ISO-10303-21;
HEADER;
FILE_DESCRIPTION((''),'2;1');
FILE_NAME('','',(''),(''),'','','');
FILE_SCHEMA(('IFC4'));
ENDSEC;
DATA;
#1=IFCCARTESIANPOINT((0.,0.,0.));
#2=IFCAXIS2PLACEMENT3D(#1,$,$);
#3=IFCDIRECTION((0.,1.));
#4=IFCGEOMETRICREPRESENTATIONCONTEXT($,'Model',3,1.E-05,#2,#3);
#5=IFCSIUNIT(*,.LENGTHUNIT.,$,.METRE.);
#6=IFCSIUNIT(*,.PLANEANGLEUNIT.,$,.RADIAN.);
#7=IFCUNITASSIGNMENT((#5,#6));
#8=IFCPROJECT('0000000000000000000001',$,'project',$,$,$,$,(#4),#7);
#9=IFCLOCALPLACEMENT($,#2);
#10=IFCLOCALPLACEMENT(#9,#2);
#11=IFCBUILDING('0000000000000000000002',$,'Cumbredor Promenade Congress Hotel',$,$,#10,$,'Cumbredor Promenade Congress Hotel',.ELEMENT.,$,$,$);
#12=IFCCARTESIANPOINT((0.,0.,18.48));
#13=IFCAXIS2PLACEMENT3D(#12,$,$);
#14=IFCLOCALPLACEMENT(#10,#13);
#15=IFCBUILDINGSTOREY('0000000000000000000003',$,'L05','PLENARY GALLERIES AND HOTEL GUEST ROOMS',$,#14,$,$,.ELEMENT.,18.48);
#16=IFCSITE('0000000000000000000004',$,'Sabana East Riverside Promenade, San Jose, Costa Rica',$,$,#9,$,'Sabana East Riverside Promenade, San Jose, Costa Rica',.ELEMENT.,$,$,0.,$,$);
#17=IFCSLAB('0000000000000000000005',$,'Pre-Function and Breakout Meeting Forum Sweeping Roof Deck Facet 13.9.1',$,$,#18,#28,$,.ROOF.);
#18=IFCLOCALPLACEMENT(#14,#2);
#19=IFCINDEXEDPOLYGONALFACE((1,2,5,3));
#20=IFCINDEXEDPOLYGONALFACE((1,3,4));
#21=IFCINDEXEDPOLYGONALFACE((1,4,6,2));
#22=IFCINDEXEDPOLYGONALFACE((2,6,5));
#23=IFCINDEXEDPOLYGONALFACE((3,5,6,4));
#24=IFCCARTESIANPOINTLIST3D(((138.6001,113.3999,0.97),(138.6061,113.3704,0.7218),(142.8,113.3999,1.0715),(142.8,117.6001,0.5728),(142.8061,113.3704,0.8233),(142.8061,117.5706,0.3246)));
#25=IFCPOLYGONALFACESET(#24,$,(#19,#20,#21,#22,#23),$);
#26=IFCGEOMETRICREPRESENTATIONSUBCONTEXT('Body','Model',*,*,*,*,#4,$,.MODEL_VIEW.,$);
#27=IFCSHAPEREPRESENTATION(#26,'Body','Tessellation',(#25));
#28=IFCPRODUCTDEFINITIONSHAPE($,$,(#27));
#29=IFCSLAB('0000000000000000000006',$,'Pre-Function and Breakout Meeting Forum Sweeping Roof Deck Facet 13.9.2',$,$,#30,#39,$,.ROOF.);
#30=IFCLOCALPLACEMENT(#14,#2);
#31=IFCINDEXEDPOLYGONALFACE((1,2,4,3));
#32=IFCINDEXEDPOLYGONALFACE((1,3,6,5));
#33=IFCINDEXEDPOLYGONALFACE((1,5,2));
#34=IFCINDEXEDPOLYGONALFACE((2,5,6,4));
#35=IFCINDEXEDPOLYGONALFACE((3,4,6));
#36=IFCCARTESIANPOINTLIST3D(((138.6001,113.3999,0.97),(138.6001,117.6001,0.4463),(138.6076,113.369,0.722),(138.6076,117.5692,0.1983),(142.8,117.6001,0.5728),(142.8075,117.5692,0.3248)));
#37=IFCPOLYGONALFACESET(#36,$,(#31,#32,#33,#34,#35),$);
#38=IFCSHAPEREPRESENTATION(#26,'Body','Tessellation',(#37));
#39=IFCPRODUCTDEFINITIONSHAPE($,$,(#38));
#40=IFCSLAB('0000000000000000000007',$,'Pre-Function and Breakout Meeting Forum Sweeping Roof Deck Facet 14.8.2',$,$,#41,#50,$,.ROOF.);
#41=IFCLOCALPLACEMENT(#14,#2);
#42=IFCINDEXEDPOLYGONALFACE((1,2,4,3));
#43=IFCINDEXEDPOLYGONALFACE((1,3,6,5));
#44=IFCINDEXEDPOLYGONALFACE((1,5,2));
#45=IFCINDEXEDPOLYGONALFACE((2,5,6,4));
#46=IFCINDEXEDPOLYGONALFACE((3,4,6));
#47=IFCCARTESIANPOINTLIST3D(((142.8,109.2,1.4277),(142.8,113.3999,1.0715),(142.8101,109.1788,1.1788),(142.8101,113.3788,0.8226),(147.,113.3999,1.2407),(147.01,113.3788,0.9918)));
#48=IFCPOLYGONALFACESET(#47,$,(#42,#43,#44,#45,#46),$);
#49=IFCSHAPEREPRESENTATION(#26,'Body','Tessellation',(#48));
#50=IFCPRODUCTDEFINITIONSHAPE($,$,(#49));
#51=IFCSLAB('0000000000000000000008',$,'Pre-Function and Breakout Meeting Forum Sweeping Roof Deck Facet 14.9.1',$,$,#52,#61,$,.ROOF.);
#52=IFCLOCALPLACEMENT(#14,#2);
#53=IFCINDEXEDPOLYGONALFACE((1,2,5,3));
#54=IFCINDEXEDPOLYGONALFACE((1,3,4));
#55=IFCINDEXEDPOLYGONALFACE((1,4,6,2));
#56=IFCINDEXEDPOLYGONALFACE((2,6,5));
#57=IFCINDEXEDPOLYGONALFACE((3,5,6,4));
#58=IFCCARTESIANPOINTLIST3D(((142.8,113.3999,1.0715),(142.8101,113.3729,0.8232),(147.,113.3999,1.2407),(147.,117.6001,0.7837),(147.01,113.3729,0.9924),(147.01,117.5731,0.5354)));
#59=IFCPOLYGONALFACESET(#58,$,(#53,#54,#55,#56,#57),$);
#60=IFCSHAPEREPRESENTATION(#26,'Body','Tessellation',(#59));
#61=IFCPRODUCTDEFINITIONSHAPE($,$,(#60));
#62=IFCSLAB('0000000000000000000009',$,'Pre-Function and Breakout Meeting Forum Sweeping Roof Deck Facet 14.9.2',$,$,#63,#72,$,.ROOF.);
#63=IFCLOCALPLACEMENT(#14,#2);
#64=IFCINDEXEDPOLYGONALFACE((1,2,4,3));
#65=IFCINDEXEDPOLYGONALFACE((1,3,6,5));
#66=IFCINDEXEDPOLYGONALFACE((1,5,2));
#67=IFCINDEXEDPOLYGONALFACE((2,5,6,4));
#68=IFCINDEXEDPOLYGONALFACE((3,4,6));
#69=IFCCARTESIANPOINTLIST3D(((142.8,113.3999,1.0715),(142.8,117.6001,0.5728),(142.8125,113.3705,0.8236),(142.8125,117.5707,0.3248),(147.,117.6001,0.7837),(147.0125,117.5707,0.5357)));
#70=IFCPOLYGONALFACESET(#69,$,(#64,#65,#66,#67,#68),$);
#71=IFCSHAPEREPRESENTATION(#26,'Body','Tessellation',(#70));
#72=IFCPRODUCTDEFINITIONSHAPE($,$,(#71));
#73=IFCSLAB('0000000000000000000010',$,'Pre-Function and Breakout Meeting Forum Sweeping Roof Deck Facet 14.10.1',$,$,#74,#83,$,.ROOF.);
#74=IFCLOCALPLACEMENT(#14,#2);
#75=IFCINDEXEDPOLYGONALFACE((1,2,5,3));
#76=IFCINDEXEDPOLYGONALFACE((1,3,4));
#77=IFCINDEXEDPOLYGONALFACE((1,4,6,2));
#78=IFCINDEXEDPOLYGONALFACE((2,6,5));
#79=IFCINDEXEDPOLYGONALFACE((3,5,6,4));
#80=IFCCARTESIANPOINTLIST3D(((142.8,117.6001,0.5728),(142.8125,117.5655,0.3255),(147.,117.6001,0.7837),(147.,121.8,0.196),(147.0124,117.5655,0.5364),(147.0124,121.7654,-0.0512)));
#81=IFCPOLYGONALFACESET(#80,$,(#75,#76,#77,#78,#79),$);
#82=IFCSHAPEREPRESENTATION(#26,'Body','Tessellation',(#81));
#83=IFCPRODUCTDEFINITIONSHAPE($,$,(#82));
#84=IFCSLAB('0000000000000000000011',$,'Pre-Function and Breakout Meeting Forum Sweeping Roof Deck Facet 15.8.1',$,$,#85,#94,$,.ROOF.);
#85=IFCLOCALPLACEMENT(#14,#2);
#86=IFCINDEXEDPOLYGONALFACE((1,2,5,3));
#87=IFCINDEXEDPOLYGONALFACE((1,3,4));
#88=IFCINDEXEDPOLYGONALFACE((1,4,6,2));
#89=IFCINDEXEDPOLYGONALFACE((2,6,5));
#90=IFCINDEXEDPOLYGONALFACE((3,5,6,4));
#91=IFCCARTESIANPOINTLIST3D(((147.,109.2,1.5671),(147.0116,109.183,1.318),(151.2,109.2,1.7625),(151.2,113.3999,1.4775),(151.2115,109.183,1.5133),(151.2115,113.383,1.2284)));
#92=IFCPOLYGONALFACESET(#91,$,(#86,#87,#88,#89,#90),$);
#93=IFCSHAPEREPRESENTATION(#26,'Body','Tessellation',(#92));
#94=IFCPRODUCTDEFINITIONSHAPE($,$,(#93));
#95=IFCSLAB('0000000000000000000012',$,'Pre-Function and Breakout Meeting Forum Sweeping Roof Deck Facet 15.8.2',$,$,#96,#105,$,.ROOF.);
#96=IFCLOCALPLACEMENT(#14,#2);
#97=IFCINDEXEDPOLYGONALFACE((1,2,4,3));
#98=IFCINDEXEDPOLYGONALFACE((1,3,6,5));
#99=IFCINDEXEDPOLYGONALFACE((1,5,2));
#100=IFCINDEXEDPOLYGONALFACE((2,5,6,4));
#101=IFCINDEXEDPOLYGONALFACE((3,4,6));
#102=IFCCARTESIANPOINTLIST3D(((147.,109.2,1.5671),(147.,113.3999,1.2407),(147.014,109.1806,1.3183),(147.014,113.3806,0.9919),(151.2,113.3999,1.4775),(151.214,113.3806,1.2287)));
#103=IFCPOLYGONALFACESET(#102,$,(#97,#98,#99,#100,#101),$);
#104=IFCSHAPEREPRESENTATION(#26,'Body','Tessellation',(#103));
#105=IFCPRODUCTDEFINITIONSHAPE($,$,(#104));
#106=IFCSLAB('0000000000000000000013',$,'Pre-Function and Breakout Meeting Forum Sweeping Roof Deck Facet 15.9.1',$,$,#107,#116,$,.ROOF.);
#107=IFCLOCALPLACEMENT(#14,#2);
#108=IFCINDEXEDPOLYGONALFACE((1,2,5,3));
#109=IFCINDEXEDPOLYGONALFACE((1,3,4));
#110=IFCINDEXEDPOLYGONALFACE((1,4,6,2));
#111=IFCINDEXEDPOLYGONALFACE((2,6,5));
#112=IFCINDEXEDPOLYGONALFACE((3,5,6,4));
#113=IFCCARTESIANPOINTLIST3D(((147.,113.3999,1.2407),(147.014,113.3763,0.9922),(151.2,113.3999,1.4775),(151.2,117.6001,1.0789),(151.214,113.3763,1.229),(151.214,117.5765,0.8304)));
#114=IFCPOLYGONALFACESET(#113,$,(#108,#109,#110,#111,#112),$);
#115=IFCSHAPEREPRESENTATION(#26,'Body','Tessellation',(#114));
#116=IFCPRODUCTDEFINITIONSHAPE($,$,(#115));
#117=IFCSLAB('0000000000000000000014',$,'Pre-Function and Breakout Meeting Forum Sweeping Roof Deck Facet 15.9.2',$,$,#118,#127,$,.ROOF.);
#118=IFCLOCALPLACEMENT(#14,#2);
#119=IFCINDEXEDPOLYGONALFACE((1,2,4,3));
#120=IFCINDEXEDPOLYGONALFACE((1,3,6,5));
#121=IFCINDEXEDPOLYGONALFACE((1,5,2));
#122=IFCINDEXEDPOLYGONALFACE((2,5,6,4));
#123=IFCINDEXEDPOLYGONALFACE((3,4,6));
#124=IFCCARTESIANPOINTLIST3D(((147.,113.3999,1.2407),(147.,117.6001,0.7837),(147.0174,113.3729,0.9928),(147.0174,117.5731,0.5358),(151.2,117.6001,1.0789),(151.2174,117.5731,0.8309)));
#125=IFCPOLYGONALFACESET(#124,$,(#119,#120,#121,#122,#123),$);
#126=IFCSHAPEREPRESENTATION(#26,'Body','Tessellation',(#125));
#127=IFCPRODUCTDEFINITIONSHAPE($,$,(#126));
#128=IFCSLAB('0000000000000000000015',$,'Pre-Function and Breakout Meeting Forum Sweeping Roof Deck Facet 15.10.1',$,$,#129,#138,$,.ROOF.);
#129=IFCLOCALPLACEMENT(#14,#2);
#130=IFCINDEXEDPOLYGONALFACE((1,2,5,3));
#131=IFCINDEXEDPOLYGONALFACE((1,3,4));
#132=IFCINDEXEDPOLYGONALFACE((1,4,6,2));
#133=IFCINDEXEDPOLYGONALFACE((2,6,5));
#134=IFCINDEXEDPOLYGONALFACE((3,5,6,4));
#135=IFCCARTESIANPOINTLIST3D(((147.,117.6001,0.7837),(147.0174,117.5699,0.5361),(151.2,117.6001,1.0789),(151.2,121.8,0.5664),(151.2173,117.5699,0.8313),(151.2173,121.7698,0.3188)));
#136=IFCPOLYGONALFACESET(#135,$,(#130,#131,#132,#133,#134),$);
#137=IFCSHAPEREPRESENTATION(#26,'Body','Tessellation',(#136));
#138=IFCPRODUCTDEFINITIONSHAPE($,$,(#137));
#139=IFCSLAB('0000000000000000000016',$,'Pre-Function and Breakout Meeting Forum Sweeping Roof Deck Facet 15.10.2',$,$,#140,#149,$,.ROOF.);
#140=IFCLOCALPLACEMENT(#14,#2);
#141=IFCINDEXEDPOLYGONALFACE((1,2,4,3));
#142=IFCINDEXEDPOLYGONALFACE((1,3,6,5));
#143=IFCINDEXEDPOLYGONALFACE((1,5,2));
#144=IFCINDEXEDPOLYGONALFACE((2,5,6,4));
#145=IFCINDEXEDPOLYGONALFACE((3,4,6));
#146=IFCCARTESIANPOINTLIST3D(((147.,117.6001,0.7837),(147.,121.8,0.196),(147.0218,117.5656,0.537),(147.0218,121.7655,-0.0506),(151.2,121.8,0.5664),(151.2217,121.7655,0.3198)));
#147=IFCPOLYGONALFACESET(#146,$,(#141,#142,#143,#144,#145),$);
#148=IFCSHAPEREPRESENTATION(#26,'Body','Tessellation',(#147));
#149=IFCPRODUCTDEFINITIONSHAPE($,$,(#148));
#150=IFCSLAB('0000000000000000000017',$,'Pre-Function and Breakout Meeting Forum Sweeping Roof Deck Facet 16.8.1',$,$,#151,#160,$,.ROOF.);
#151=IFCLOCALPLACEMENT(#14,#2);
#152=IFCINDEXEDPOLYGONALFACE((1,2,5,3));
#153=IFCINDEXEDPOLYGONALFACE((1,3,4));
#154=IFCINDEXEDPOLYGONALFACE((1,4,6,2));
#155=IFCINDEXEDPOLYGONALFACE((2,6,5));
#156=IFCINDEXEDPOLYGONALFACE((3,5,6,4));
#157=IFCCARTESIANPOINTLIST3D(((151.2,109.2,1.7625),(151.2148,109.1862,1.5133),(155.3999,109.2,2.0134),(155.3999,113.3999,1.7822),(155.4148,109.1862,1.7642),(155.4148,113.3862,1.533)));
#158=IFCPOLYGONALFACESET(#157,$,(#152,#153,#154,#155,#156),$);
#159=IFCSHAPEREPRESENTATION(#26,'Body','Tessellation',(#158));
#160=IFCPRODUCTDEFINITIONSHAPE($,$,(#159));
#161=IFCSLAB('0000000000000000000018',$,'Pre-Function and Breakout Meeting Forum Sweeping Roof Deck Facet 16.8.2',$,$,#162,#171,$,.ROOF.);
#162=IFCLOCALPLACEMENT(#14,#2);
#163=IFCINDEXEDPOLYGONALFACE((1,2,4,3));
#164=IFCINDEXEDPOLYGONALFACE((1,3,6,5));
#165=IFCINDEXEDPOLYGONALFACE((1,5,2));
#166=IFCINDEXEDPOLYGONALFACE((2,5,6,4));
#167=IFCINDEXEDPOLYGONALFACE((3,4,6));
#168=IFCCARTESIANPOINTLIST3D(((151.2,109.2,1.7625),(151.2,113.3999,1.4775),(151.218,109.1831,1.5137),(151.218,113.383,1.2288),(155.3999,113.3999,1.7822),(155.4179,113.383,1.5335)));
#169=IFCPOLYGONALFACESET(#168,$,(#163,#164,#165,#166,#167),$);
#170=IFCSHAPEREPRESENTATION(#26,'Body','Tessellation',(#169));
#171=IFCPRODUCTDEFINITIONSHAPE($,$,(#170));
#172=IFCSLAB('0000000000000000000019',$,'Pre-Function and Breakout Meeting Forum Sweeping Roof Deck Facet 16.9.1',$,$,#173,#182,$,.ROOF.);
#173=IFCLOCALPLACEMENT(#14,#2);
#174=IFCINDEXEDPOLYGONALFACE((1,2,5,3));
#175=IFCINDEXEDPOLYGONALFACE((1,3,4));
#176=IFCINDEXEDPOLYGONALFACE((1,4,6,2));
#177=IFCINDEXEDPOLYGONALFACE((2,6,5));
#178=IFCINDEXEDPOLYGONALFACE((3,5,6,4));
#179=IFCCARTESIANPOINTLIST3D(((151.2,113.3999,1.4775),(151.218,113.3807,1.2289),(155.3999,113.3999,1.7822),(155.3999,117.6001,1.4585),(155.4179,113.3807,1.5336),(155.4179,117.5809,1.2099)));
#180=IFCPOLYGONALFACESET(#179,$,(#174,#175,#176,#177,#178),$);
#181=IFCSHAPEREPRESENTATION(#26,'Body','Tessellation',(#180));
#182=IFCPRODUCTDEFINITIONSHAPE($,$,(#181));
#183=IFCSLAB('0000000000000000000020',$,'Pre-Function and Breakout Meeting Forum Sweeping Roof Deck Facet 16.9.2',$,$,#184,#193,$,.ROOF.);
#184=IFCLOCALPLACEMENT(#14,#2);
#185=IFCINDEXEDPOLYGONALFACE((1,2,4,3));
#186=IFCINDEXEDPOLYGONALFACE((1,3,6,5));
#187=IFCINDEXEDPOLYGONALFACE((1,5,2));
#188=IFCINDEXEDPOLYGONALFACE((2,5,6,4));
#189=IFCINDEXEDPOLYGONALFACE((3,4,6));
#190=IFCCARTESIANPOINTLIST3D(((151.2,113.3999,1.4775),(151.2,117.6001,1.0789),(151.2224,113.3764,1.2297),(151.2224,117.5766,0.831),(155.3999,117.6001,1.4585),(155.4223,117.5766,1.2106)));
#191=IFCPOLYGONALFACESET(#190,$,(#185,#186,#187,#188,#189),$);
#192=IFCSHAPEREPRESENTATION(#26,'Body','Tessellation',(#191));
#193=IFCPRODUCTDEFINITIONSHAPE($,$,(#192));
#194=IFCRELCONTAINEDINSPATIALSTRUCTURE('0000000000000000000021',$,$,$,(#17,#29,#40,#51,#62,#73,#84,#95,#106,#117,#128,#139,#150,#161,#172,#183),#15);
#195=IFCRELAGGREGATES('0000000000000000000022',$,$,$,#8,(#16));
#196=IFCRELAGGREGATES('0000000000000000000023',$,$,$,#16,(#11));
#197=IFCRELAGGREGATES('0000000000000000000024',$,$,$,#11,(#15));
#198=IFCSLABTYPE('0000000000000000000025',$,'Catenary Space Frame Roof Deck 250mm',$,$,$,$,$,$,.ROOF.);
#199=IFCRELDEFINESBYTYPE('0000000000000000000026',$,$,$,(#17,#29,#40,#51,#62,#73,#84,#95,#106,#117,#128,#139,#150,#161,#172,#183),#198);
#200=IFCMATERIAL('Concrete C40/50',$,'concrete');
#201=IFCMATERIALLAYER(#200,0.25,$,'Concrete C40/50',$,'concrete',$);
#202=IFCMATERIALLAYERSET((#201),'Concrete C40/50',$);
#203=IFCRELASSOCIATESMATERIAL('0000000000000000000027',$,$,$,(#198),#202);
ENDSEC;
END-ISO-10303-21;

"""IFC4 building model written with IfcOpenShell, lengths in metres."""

from ifc_helpers import new_model, si_unit, direction, frame, origin, place, context, subcontext, project, spatial, polyline, outline, extrude, material, layer, layer_set, type_object, element, save


model = new_model("IFC4")

# Units and contexts
model_context = context("Model", 3, precision=1e-05, world=origin(), true_north=direction((0.0, 1.0)))
body_context = subcontext(model_context, "Body", "Model", "MODEL_VIEW")
ifc_project = project(units=[si_unit("LENGTHUNIT", "METRE"), si_unit("PLANEANGLEUNIT", "RADIAN")], contexts=[model_context])

# Site, building, storey
site_placement = place(None, origin())
site = spatial("IfcSite", under=ifc_project, at=site_placement, Name="Sabana East Riverside Promenade, San Jose, Costa Rica", LongName="Sabana East Riverside Promenade, San Jose, Costa Rica", CompositionType="ELEMENT", RefElevation=0.0)
building_placement = place(site_placement, origin())
building = spatial("IfcBuilding", under=site, at=building_placement, Name="Cumbredor Promenade Congress Hotel", LongName="Cumbredor Promenade Congress Hotel", CompositionType="ELEMENT")
storey_placement = place(building_placement, frame((0.0, 0.0, 18.48)))
storey = spatial("IfcBuildingStorey", under=building, at=storey_placement, Name="L05", Description="PLENARY GALLERIES AND HOTEL GUEST ROOMS", CompositionType="ELEMENT", Elevation=18.48)

# Slabs
ifc_material_1 = material(Name="Concrete C40/50", Category="concrete")
ifc_layer_1 = layer(ifc_material_1, 0.25, Name="Concrete C40/50", Category="concrete")
ifc_layer_set_1 = layer_set([ifc_layer_1], Name="Concrete C40/50")
slab_type = type_object("IfcSlabType", Name="Catenary Space Frame Roof Deck 250mm", PredefinedType="ROOF", material=ifc_layer_set_1)
slab_1_placement = place(storey_placement, frame((138.6001, 113.3999, 0.97), z_axis=(-0.024006, 0.117889, 0.992737), x_axis=(0.999708, 0.0, 0.024175)))
element("IfcSlab", 1, at=slab_1_placement, inside=storey, type_object=slab_type, Name="Pre-Function and Breakout Meeting Forum Sweeping Roof Deck Facet 13.9.1", PredefinedType="ROOF", context=body_context, shape_type="SweptSolid", body=[
    extrude(outline(polyline([(0.0, 0.0), (4.2012, 0.0), (4.1891, 4.2297), (0.0, 0.0)])), origin(), (0.0, 0.0, -1.0), 0.25),
])
slab_2_placement = place(storey_placement, frame((138.6001, 113.3999, 0.97), z_axis=(-0.029866, 0.123667, 0.991874), x_axis=(0.70551, 0.705551, -0.066725)))
element("IfcSlab", 2, at=slab_2_placement, inside=storey, type_object=slab_type, Name="Pre-Function and Breakout Meeting Forum Sweeping Roof Deck Facet 13.9.2", PredefinedType="ROOF", context=body_context, shape_type="SweptSolid", body=[
    extrude(outline(polyline([(0.0, 0.0), (5.9531, 0.0), (2.9984, 2.9876), (0.0, 0.0)])), origin(), (0.0, 0.0, -1.0), 0.25),
])
slab_3_placement = place(storey_placement, frame((142.8, 109.2, 1.4277), z_axis=(-0.040107, 0.084439, 0.995621), x_axis=(0.706757, 0.706757, -0.03147)))
element("IfcSlab", 3, at=slab_3_placement, inside=storey, type_object=slab_type, Name="Pre-Function and Breakout Meeting Forum Sweeping Roof Deck Facet 14.8.2", PredefinedType="ROOF", context=body_context, shape_type="SweptSolid", body=[
    extrude(outline(polyline([(0.0, 0.0), (5.9426, 0.0), (2.9796, 2.9814), (0.0, 0.0)])), origin(), (0.0, 0.0, -1.0), 0.25),
])
slab_4_placement = place(storey_placement, frame((142.8, 113.3999, 1.0715), z_axis=(-0.040015, 0.108087, 0.993336), x_axis=(0.99919, 0.0, 0.040251)))
element("IfcSlab", 4, at=slab_4_placement, inside=storey, type_object=slab_type, Name="Pre-Function and Breakout Meeting Forum Sweeping Roof Deck Facet 14.9.1", PredefinedType="ROOF", context=body_context, shape_type="SweptSolid", body=[
    extrude(outline(polyline([(0.0, 0.0), (4.2034, 0.0), (4.185, 4.2249), (0.0, 0.0)])), origin(), (0.0, 0.0, -1.0), 0.25),
])
slab_5_placement = place(storey_placement, frame((142.8, 113.3999, 1.0715), z_axis=(-0.049811, 0.117777, 0.99179), x_axis=(0.706257, 0.706298, -0.048403)))
element("IfcSlab", 5, at=slab_5_placement, inside=storey, type_object=slab_type, Name="Pre-Function and Breakout Meeting Forum Sweeping Roof Deck Facet 14.9.2", PredefinedType="ROOF", context=body_context, shape_type="SweptSolid", body=[
    extrude(outline(polyline([(0.0, 0.0), (5.9468, 0.0), (2.9907, 2.991), (0.0, 0.0)])), origin(), (0.0, 0.0, -1.0), 0.25),
])
slab_6_placement = place(storey_placement, frame((142.8, 117.6001, 0.5728), z_axis=(-0.049678, 0.138397, 0.98913), x_axis=(0.998741, 0.0, 0.050161)))
element("IfcSlab", 6, at=slab_6_placement, inside=storey, type_object=slab_type, Name="Pre-Function and Breakout Meeting Forum Sweeping Roof Deck Facet 14.10.1", PredefinedType="ROOF", context=body_context, shape_type="SweptSolid", body=[
    extrude(outline(polyline([(0.0, 0.0), (4.2052, 0.0), (4.1758, 4.2408), (0.0, 0.0)])), origin(), (0.0, 0.0, -1.0), 0.25),
])
slab_7_placement = place(storey_placement, frame((147.0, 109.2, 1.5671), z_axis=(-0.046347, 0.067609, 0.996635), x_axis=(0.99892, 0.0, 0.046453)))
element("IfcSlab", 7, at=slab_7_placement, inside=storey, type_object=slab_type, Name="Pre-Function and Breakout Meeting Forum Sweeping Roof Deck Facet 15.8.1", PredefinedType="ROOF", context=body_context, shape_type="SweptSolid", body=[
    extrude(outline(polyline([(0.0, 0.0), (4.2045, 0.0), (4.1913, 4.2096), (0.0, 0.0)])), origin(), (0.0, 0.0, -1.0), 0.25),
])
slab_8_placement = place(storey_placement, frame((147.0, 109.2, 1.5671), z_axis=(-0.056127, 0.077363, 0.995422), x_axis=(0.707026, 0.707026, -0.015083)))
element("IfcSlab", 8, at=slab_8_placement, inside=storey, type_object=slab_type, Name="Pre-Function and Breakout Meeting Forum Sweeping Roof Deck Facet 15.8.2", PredefinedType="ROOF", context=body_context, shape_type="SweptSolid", body=[
    extrude(outline(polyline([(0.0, 0.0), (5.9403, 0.0), (2.9744, 2.9831), (0.0, 0.0)])), origin(), (0.0, 0.0, -1.0), 0.25),
])
slab_9_placement = place(storey_placement, frame((147.0, 113.3999, 1.2407), z_axis=(-0.056045, 0.094347, 0.993961), x_axis=(0.998414, 0.0, 0.056296)))
element("IfcSlab", 9, at=slab_9_placement, inside=storey, type_object=slab_type, Name="Pre-Function and Breakout Meeting Forum Sweeping Roof Deck Facet 15.9.1", PredefinedType="ROOF", context=body_context, shape_type="SweptSolid", body=[
    extrude(outline(polyline([(0.0, 0.0), (4.2066, 0.0), (4.1842, 4.219), (0.0, 0.0)])), origin(), (0.0, 0.0, -1.0), 0.25),
])
slab_10_placement = place(storey_placement, frame((147.0, 113.3999, 1.2407), z_axis=(-0.069696, 0.10791, 0.991715), x_axis=(0.706824, 0.706865, -0.027241)))
element("IfcSlab", 10, at=slab_10_placement, inside=storey, type_object=slab_type, Name="Pre-Function and Breakout Meeting Forum Sweeping Roof Deck Facet 15.9.2", PredefinedType="ROOF", context=body_context, shape_type="SweptSolid", body=[
    extrude(outline(polyline([(0.0, 0.0), (5.942, 0.0), (2.9814, 2.9936), (0.0, 0.0)])), origin(), (0.0, 0.0, -1.0), 0.25),
])
slab_11_placement = place(storey_placement, frame((147.0, 117.6001, 0.7837), z_axis=(-0.069592, 0.120822, 0.990232), x_axis=(0.99754, 0.0, 0.070106)))
element("IfcSlab", 11, at=slab_11_placement, inside=storey, type_object=slab_type, Name="Pre-Function and Breakout Meeting Forum Sweeping Roof Deck Facet 15.10.1", PredefinedType="ROOF", context=body_context, shape_type="SweptSolid", body=[
    extrude(outline(polyline([(0.0, 0.0), (4.2103, 0.0), (4.1744, 4.2309), (0.0, 0.0)])), origin(), (0.0, 0.0, -1.0), 0.25),
])
slab_12_placement = place(storey_placement, frame((147.0, 117.6001, 0.7837), z_axis=(-0.087, 0.138042, 0.986598), x_axis=(0.706634, 0.706634, -0.036558)))
element("IfcSlab", 12, at=slab_12_placement, inside=storey, type_object=slab_type, Name="Pre-Function and Breakout Meeting Forum Sweeping Roof Deck Facet 15.10.2", PredefinedType="ROOF", context=body_context, shape_type="SweptSolid", body=[
    extrude(outline(polyline([(0.0, 0.0), (5.9436, 0.0), (2.9893, 3.0081), (0.0, 0.0)])), origin(), (0.0, 0.0, -1.0), 0.25),
])
slab_13_placement = place(storey_placement, frame((151.2, 109.2, 1.7625), z_axis=(-0.059561, 0.054868, 0.996716), x_axis=(0.998219, 0.0, 0.059651)))
element("IfcSlab", 13, at=slab_13_placement, inside=storey, type_object=slab_type, Name="Pre-Function and Breakout Meeting Forum Sweeping Roof Deck Facet 16.8.1", PredefinedType="ROOF", context=body_context, shape_type="SweptSolid", body=[
    extrude(outline(polyline([(0.0, 0.0), (4.2074, 0.0), (4.1937, 4.2063), (0.0, 0.0)])), origin(), (0.0, 0.0, -1.0), 0.25),
])
slab_14_placement = place(storey_placement, frame((151.2, 109.2, 1.7625), z_axis=(-0.07219, 0.067505, 0.995104), x_axis=(0.707103, 0.707103, 0.003329)))
element("IfcSlab", 14, at=slab_14_placement, inside=storey, type_object=slab_type, Name="Pre-Function and Breakout Meeting Forum Sweeping Roof Deck Facet 16.8.2", PredefinedType="ROOF", context=body_context, shape_type="SweptSolid", body=[
    extrude(outline(polyline([(0.0, 0.0), (5.9397, 0.0), (2.9688, 2.9844), (0.0, 0.0)])), origin(), (0.0, 0.0, -1.0), 0.25),
])
slab_15_placement = place(storey_placement, frame((151.2, 113.3999, 1.4775), z_axis=(-0.072142, 0.076647, 0.994445), x_axis=(0.997379, 0.0, 0.072355)))
element("IfcSlab", 15, at=slab_15_placement, inside=storey, type_object=slab_type, Name="Pre-Function and Breakout Meeting Forum Sweeping Roof Deck Facet 16.9.1", PredefinedType="ROOF", context=body_context, shape_type="SweptSolid", body=[
    extrude(outline(polyline([(0.0, 0.0), (4.211, 0.0), (4.1876, 4.2126), (0.0, 0.0)])), origin(), (0.0, 0.0, -1.0), 0.25),
])
slab_16_placement = place(storey_placement, frame((151.2, 113.3999, 1.4775), z_axis=(-0.089625, 0.094115, 0.991519), x_axis=(0.707083, 0.707124, -0.003206)))
element("IfcSlab", 16, at=slab_16_placement, inside=storey, type_object=slab_type, Name="Pre-Function and Breakout Meeting Forum Sweeping Roof Deck Facet 16.9.2", PredefinedType="ROOF", context=body_context, shape_type="SweptSolid", body=[
    extrude(outline(polyline([(0.0, 0.0), (5.9398, 0.0), (2.9713, 2.9953), (0.0, 0.0)])), origin(), (0.0, 0.0, -1.0), 0.25),
])

save(model, "model.ifc")
